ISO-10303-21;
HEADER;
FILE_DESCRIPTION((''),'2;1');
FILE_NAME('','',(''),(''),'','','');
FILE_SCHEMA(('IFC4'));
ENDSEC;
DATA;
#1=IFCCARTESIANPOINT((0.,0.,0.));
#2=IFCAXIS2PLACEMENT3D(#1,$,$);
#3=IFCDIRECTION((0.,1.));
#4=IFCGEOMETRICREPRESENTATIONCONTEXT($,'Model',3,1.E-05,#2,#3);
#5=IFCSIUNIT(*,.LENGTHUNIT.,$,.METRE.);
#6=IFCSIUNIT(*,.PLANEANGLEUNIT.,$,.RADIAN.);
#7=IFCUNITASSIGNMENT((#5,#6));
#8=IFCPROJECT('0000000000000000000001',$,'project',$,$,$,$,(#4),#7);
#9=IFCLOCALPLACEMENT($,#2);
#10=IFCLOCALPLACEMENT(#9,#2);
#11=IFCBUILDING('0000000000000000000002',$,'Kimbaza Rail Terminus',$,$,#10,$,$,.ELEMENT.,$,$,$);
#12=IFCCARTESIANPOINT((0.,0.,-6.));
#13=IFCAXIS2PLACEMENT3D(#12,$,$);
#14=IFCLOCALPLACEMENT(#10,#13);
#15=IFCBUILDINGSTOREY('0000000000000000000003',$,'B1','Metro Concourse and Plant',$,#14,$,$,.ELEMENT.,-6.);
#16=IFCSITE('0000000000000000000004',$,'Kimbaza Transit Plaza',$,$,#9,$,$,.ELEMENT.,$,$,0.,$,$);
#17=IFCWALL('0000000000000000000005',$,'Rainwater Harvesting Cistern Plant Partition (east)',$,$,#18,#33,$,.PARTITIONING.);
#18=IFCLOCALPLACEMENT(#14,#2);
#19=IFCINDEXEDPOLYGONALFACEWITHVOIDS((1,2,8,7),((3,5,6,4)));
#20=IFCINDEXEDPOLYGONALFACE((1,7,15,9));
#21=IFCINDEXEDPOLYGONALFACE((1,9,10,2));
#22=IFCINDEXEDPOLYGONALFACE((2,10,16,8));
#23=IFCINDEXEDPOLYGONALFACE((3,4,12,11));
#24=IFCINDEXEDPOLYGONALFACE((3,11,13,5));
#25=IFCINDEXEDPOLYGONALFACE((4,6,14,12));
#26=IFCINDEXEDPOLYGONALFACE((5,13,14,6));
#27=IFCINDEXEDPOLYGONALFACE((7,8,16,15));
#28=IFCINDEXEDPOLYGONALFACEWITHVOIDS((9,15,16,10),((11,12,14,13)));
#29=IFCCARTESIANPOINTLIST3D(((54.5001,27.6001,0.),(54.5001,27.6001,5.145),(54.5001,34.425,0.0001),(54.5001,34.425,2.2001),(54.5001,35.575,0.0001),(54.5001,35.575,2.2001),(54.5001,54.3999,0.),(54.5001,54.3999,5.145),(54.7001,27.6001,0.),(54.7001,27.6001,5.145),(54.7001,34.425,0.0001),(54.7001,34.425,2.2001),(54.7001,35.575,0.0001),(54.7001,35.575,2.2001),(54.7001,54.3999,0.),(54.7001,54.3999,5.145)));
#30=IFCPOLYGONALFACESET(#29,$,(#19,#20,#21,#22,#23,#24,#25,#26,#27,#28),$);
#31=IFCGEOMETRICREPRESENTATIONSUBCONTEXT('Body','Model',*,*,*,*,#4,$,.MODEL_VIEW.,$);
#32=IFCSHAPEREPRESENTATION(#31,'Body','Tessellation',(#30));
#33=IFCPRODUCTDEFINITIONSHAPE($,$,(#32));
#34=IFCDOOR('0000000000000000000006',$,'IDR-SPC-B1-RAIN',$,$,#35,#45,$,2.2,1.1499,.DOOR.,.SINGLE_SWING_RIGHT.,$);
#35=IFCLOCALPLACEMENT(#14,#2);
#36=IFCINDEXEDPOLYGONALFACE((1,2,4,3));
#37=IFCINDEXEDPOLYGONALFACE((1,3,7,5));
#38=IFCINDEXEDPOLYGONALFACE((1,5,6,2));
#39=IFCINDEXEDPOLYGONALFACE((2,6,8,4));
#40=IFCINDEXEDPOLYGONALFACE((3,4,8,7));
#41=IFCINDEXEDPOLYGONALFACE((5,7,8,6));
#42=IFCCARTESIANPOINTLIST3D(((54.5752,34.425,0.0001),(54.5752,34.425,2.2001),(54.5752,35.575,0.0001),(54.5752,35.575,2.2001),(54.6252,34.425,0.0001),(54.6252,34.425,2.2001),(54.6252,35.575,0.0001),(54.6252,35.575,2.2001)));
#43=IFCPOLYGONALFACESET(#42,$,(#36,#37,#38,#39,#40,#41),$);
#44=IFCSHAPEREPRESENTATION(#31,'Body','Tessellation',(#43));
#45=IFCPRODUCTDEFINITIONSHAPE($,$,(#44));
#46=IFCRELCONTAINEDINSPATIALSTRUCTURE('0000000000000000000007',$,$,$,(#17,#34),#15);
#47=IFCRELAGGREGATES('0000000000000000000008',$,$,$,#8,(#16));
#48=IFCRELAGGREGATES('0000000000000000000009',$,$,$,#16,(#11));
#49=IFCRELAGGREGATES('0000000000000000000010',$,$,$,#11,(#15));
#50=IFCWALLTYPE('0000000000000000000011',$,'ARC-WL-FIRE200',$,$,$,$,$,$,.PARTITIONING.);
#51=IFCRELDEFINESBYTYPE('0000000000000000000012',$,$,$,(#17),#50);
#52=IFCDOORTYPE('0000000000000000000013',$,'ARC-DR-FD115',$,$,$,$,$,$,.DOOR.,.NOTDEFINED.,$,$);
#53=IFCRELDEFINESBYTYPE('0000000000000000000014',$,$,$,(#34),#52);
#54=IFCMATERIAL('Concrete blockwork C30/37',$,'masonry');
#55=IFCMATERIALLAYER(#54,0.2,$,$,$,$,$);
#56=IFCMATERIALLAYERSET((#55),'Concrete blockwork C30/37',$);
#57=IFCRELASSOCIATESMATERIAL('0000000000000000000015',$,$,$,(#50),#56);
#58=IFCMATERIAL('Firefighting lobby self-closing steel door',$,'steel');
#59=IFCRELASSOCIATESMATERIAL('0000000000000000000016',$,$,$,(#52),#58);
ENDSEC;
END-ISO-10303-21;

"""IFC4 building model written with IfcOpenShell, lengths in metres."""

from ifc_helpers import new_model, si_unit, direction, frame, frame_2d, origin, place, context, subcontext, project, spatial, rectangle, extrude, material, layer, layer_set, type_object, element, fill, save


model = new_model("IFC4")

# Units and contexts
model_context = context("Model", 3, precision=1e-05, world=origin(), true_north=direction((0.0, 1.0)))
body_context = subcontext(model_context, "Body", "Model", "MODEL_VIEW")
ifc_project = project(units=[si_unit("LENGTHUNIT", "METRE"), si_unit("PLANEANGLEUNIT", "RADIAN")], contexts=[model_context])

# Site, building, storey
site_placement = place(None, origin())
site = spatial("IfcSite", under=ifc_project, at=site_placement, Name="Kimbaza Transit Plaza", CompositionType="ELEMENT", RefElevation=0.0)
building_placement = place(site_placement, origin())
building = spatial("IfcBuilding", under=site, at=building_placement, Name="Kimbaza Rail Terminus", CompositionType="ELEMENT")
storey_placement = place(building_placement, frame((0.0, 0.0, -6.0)))
storey = spatial("IfcBuildingStorey", under=building, at=storey_placement, Name="B1", Description="Metro Concourse and Plant", CompositionType="ELEMENT", Elevation=-6.0)

# Wall, opening, door
ifc_material_1 = material(Name="Concrete blockwork C30/37", Category="masonry")
ifc_layer = layer(ifc_material_1, 0.2)
ifc_layer_set = layer_set([ifc_layer], Name="Concrete blockwork C30/37")
wall_type = type_object("IfcWallType", Name="ARC-WL-FIRE200", PredefinedType="PARTITIONING", material=ifc_layer_set)
wall_placement = place(storey_placement, frame((54.6001, 27.6001, 0.0), z_axis=(0.0, 0.0, 1.0), x_axis=(0.0, 1.0, 0.0)))
wall = element("IfcWall", 1, at=wall_placement, inside=storey, type_object=wall_type, Name="Rainwater Harvesting Cistern Plant Partition (east)", PredefinedType="PARTITIONING", context=body_context, shape_type="SweptSolid", body=[
    extrude(rectangle(XDim=26.7998, YDim=0.2, at=frame_2d((13.3999, 0.0))), origin(), (0.0, 0.0, 1.0), 5.145),
])
opening_placement = place(wall_placement, frame((6.825, 0.0, 0.0)))
opening = element("IfcOpeningElement", 2, at=opening_placement, cuts=wall, PredefinedType="OPENING", context=body_context, shape_type="SweptSolid", body=[
    extrude(rectangle(XDim=1.1499, YDim=2.2, at=frame_2d((0.575, 1.1001))), frame((0.0, 0.1099, 0.0), z_axis=(0.0, -1.0, 0.0), x_axis=(1.0, 0.0, 0.0)), (0.0, 0.0, 1.0), 0.22),
])
ifc_material_2 = material(Name="Firefighting lobby self-closing steel door", Category="steel")
door_type = type_object("IfcDoorType", Name="ARC-DR-FD115", OperationType="NOTDEFINED", PredefinedType="DOOR", material=ifc_material_2)
door_placement = place(opening_placement, origin())
door = element("IfcDoor", 3, at=door_placement, inside=storey, type_object=door_type, Name="IDR-SPC-B1-RAIN", OperationType="SINGLE_SWING_RIGHT", OverallHeight=2.2, OverallWidth=1.1499, PredefinedType="DOOR", context=body_context, shape_type="SweptSolid", body=[
    extrude(rectangle(XDim=1.1499, YDim=2.2, at=frame_2d((0.575, 1.1001))), frame((0.0, 0.0249, 0.0), z_axis=(0.0, -1.0, 0.0), x_axis=(1.0, 0.0, 0.0)), (0.0, 0.0, 1.0), 0.05),
])
fill(opening, door)

save(model, "model.ifc")
